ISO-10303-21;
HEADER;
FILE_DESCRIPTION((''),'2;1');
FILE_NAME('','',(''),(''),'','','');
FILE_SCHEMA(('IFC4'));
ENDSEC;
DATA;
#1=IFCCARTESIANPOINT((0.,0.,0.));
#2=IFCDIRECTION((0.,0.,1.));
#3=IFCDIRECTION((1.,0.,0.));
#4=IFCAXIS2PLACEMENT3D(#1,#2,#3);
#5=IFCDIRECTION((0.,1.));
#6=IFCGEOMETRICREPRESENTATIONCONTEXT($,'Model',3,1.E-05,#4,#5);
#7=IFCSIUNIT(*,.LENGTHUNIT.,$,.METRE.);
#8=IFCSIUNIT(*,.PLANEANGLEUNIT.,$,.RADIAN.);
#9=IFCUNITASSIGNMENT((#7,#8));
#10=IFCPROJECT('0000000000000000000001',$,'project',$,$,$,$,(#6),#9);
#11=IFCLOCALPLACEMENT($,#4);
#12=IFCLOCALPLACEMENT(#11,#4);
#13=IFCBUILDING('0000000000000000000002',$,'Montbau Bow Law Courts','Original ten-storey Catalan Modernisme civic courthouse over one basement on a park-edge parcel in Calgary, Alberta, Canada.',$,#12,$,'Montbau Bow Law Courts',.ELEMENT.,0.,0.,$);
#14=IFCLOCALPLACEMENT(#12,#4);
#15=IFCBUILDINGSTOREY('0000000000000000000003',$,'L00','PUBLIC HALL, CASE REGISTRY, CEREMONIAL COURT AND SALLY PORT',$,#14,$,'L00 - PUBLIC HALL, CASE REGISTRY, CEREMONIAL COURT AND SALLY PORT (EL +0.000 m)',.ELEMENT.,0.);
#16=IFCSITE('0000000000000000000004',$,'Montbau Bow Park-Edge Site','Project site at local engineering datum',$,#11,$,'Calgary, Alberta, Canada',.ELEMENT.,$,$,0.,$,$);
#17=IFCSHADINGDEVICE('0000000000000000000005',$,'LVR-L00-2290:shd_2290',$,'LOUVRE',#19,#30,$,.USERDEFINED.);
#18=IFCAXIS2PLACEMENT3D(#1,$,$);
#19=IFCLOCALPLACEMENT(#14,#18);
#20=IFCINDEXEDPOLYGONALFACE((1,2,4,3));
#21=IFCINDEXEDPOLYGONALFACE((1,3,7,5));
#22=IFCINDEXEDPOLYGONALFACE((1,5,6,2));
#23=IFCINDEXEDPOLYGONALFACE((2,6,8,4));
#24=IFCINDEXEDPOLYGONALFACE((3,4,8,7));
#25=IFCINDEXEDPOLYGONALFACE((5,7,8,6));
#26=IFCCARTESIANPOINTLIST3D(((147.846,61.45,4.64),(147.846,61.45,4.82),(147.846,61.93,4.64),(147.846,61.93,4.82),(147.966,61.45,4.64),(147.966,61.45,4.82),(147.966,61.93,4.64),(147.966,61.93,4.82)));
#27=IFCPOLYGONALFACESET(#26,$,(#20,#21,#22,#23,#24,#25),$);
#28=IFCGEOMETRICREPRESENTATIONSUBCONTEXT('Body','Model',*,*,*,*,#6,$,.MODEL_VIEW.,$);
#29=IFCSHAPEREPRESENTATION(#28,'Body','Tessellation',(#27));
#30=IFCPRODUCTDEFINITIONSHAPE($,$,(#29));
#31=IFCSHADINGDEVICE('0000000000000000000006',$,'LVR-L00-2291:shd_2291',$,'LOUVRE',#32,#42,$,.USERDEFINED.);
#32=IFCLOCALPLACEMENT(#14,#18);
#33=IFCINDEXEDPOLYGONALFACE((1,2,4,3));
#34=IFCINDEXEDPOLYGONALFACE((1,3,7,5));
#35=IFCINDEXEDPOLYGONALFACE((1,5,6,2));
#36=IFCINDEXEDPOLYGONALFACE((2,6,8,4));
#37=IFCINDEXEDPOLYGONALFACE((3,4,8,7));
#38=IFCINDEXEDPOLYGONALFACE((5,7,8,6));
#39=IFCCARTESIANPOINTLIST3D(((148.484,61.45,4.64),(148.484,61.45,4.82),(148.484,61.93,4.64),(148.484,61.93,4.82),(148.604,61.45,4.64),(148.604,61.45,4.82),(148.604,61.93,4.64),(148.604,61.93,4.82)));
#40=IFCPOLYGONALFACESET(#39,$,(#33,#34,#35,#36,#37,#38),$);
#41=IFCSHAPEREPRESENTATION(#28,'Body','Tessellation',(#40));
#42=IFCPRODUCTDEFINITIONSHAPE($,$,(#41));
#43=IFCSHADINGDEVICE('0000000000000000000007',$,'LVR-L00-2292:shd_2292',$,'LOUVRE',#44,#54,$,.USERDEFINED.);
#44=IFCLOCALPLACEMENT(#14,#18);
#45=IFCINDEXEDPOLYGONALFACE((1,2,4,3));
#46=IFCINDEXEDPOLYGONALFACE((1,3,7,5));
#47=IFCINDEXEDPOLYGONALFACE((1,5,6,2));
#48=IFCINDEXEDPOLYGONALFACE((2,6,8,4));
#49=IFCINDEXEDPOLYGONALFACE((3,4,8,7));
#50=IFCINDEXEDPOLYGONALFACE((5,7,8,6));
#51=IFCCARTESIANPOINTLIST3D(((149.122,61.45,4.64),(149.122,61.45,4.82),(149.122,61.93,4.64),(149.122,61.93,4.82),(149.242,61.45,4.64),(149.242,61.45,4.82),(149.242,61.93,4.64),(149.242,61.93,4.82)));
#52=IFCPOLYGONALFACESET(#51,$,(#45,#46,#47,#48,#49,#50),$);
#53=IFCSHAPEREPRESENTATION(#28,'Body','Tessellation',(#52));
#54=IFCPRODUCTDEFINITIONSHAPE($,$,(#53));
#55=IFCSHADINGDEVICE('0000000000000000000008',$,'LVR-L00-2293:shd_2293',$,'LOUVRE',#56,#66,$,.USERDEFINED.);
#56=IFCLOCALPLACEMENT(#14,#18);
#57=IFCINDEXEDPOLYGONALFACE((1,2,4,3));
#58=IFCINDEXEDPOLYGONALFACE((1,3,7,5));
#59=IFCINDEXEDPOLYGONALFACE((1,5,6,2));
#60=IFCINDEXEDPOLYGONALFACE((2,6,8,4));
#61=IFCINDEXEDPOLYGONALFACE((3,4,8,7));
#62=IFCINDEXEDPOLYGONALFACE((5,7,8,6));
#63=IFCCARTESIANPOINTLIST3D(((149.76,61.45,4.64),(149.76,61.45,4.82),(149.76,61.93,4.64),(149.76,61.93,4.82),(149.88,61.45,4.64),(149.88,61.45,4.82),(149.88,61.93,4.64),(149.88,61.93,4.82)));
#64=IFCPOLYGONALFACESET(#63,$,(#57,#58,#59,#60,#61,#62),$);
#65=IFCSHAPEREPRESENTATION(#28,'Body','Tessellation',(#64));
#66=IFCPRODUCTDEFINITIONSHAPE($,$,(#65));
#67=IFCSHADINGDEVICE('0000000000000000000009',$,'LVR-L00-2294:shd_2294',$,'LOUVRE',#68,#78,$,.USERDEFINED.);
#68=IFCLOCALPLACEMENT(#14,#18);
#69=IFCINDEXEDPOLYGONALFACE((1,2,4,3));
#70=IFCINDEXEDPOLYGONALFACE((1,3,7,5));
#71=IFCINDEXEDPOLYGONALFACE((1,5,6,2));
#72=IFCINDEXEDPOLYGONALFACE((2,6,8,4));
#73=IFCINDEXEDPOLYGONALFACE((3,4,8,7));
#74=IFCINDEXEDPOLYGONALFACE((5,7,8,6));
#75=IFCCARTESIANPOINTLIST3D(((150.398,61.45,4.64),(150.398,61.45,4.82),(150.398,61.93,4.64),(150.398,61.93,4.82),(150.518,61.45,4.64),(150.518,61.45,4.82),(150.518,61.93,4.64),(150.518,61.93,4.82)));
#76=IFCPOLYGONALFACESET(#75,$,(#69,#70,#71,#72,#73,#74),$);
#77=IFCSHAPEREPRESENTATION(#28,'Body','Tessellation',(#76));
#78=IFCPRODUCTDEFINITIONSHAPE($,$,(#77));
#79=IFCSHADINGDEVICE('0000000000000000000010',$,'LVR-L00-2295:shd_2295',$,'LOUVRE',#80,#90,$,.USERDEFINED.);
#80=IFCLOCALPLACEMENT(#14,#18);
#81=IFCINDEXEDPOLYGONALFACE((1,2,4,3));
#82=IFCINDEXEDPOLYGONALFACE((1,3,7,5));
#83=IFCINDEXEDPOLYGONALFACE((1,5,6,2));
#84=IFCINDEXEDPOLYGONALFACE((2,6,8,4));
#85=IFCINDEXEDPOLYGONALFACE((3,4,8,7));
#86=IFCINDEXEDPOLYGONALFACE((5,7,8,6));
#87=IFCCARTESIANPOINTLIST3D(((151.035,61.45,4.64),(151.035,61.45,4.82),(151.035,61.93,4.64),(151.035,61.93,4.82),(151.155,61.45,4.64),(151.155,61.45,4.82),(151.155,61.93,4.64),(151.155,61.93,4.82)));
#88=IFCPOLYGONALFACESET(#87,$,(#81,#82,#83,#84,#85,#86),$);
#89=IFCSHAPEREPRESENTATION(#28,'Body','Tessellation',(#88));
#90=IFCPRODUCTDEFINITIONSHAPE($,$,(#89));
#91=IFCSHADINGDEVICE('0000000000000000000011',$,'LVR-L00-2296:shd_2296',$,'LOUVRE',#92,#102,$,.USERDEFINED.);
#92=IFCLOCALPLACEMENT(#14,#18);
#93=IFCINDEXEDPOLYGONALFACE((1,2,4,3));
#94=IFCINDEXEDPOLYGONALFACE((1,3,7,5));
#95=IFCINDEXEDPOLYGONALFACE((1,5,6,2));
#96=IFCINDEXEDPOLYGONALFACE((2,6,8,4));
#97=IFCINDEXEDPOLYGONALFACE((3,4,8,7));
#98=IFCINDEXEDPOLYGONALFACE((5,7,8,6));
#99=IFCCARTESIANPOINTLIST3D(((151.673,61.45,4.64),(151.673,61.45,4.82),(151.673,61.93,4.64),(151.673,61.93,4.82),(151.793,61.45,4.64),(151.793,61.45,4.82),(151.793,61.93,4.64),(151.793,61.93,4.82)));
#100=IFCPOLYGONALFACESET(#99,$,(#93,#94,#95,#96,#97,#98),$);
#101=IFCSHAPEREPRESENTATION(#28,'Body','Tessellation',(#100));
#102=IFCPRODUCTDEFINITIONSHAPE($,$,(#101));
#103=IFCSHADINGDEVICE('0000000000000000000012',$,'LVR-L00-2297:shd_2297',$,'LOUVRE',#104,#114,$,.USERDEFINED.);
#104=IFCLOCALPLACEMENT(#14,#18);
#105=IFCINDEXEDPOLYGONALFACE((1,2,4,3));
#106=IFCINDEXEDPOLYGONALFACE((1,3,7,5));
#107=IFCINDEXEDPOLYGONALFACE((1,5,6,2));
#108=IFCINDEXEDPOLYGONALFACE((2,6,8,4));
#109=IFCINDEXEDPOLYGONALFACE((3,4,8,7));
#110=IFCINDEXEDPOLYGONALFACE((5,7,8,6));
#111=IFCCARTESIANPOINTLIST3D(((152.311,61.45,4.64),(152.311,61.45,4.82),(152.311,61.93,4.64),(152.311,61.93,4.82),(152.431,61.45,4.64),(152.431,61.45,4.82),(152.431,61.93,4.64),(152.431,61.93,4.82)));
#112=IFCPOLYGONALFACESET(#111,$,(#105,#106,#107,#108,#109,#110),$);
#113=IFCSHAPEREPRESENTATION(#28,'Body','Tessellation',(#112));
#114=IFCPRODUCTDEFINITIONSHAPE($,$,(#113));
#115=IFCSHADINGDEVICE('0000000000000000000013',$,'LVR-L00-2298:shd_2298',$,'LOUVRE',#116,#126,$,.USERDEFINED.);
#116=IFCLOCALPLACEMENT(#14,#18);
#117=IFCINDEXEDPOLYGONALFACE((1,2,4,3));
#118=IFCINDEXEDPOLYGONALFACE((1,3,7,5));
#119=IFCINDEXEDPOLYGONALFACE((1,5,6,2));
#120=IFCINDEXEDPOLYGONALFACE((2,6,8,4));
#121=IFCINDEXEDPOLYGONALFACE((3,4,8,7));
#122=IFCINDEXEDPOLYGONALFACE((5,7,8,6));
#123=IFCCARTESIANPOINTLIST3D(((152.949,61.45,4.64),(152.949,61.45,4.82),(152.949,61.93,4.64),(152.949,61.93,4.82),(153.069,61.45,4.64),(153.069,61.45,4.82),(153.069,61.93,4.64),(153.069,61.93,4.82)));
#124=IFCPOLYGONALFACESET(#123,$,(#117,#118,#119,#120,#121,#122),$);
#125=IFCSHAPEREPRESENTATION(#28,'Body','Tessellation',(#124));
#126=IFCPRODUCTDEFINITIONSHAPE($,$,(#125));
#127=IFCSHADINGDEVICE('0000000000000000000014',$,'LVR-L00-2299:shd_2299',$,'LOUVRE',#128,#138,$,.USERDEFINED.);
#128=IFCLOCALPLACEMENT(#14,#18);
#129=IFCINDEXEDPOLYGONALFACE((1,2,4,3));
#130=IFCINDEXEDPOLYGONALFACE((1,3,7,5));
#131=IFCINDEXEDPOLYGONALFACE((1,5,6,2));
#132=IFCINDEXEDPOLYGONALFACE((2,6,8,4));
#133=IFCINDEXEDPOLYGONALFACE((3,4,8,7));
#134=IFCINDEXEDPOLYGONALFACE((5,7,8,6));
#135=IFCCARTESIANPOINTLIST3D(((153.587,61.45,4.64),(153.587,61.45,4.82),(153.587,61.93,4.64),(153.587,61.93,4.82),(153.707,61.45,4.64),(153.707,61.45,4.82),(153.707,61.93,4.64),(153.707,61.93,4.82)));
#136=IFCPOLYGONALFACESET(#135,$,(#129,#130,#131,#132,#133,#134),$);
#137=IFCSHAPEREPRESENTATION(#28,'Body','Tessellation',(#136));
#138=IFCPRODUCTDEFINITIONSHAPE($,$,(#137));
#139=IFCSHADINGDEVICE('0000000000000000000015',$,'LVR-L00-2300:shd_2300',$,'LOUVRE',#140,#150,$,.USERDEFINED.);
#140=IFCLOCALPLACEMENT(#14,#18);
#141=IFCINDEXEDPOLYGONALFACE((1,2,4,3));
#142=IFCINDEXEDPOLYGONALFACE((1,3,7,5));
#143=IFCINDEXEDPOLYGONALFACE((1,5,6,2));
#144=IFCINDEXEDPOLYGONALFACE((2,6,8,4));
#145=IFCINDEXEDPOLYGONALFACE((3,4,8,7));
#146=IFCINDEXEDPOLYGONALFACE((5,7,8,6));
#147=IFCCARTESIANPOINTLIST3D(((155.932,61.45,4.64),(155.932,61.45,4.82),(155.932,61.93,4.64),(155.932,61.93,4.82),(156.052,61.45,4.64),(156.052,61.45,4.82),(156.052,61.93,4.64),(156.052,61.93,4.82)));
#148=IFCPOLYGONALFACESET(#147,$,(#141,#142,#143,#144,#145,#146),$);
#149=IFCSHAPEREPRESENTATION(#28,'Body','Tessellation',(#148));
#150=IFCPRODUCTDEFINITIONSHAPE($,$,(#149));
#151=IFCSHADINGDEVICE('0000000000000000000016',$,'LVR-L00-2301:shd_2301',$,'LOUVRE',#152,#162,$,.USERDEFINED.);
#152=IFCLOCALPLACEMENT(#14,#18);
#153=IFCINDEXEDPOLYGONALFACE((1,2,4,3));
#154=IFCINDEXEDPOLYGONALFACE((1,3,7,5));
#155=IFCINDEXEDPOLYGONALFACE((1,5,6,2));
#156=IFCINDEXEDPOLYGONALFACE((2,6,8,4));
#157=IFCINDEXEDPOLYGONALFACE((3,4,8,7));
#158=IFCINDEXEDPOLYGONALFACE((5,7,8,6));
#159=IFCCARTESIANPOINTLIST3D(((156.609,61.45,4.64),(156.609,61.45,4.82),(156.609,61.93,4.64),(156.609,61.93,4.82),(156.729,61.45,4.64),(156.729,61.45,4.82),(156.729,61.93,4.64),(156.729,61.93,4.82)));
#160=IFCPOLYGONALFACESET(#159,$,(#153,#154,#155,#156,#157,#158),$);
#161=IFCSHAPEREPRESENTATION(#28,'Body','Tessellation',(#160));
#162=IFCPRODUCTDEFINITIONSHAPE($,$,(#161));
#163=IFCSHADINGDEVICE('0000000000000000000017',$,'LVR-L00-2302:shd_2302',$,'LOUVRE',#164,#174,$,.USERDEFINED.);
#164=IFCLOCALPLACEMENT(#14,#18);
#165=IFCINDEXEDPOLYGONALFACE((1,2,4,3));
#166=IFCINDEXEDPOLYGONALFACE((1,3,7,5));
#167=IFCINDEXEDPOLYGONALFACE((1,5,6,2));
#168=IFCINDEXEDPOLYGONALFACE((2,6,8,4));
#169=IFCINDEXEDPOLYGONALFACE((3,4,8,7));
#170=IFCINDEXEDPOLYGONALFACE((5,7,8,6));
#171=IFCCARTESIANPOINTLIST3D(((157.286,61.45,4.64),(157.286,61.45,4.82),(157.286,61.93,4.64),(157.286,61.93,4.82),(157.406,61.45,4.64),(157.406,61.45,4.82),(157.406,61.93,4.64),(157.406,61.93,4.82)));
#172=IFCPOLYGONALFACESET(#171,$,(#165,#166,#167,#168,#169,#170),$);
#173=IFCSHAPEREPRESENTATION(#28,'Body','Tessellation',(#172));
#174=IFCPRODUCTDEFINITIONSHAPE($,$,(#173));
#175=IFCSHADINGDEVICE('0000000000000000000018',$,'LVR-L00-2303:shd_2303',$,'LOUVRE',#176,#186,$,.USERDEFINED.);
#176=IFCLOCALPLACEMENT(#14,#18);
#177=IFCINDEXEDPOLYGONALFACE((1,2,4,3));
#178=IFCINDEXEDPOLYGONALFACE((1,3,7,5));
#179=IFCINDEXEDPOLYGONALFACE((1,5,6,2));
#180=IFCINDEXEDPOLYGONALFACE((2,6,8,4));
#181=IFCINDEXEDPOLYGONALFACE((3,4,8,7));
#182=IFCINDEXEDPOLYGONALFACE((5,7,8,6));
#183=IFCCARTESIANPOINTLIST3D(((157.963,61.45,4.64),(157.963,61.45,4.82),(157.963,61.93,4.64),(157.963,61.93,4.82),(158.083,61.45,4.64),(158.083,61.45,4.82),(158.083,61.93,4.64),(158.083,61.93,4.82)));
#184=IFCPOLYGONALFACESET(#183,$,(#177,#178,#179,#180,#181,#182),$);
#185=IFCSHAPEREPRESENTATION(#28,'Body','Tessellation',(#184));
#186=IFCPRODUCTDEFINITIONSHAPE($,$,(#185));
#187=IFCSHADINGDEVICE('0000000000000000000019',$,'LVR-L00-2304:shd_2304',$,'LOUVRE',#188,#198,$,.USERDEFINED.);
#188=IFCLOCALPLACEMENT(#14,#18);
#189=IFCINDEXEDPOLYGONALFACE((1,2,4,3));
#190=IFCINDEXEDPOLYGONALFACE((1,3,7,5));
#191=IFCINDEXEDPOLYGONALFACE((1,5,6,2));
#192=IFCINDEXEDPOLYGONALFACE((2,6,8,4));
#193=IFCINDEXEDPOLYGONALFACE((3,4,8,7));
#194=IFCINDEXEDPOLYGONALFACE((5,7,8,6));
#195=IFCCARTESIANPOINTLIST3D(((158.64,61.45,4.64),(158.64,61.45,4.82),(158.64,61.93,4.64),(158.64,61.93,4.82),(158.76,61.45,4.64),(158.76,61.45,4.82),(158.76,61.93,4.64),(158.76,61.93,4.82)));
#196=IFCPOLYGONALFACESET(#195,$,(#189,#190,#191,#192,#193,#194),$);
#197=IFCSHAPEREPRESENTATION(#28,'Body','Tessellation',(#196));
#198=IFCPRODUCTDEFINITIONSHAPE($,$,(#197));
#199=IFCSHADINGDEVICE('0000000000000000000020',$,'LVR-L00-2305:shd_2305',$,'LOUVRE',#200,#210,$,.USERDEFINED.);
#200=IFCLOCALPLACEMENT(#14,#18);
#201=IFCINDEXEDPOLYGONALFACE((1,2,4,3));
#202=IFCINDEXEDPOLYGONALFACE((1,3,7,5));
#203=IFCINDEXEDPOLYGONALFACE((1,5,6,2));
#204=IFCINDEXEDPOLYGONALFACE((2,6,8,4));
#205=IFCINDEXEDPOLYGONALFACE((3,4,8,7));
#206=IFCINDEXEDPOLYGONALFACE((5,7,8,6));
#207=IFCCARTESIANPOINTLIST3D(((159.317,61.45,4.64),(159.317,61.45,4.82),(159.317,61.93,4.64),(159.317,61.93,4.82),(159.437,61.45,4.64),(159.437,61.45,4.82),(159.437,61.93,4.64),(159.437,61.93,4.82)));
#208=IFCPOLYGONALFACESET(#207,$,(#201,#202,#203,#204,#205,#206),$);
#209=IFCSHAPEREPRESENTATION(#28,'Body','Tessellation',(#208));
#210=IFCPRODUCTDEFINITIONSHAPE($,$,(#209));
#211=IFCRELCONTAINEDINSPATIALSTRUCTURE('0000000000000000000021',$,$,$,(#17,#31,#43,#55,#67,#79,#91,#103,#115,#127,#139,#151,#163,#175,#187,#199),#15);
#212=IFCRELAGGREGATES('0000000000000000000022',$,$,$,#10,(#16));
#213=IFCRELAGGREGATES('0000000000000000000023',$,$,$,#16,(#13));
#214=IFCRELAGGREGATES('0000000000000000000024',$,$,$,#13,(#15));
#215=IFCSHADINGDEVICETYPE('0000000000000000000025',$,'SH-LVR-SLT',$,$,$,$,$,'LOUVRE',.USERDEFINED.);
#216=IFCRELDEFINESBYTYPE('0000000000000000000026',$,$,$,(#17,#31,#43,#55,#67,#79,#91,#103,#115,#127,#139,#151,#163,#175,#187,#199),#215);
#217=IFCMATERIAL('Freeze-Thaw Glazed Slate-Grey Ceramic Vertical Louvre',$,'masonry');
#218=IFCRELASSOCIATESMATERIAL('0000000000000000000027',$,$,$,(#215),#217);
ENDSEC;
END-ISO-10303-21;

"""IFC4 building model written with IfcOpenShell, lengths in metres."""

from ifc_helpers import new_model, si_unit, direction, frame, origin_with_axes, origin_2d_with_axis, place, context, subcontext, project, spatial, rectangle, extrude, material, type_object, element, save


model = new_model("IFC4")

# Units and contexts
model_context = context("Model", 3, precision=1e-05, world=origin_with_axes(), true_north=direction((0.0, 1.0)))
body_context = subcontext(model_context, "Body", "Model", "MODEL_VIEW")
ifc_project = project(units=[si_unit("LENGTHUNIT", "METRE"), si_unit("PLANEANGLEUNIT", "RADIAN")], contexts=[model_context])

# Site, building, storey
site_placement = place(None, origin_with_axes())
site = spatial("IfcSite", under=ifc_project, at=site_placement, Name="Montbau Bow Park-Edge Site", Description="Project site at local engineering datum", LongName="Calgary, Alberta, Canada", CompositionType="ELEMENT", RefElevation=0.0)
building_placement = place(site_placement, origin_with_axes())
building = spatial("IfcBuilding", under=site, at=building_placement, Name="Montbau Bow Law Courts", Description="Original ten-storey Catalan Modernisme civic courthouse over one basement on a park-edge parcel in Calgary, Alberta, Canada.", LongName="Montbau Bow Law Courts", CompositionType="ELEMENT", ElevationOfRefHeight=0.0, ElevationOfTerrain=0.0)
storey_placement = place(building_placement, origin_with_axes())
storey = spatial("IfcBuildingStorey", under=building, at=storey_placement, Name="L00", Description="PUBLIC HALL, CASE REGISTRY, CEREMONIAL COURT AND SALLY PORT", LongName="L00 - PUBLIC HALL, CASE REGISTRY, CEREMONIAL COURT AND SALLY PORT (EL +0.000 m)", CompositionType="ELEMENT", Elevation=0.0)

# Shading devices
ifc_material_1 = material(Name="Freeze-Thaw Glazed Slate-Grey Ceramic Vertical Louvre", Category="masonry")
shading_device_type = type_object("IfcShadingDeviceType", Name="SH-LVR-SLT", ElementType="LOUVRE", PredefinedType="USERDEFINED", material=ifc_material_1)
for number, where, z_axis, x_axis, name in (
    (1, (147.906, 61.69, 4.64), (0.0, 0.0, 1.0), (0.0, -1.0, 0.0), "LVR-L00-2290:shd_2290"),
    (2, (148.544, 61.69, 4.64), (0.0, 0.0, 1.0), (0.0, -1.0, 0.0), "LVR-L00-2291:shd_2291"),
    (3, (149.182, 61.69, 4.64), (0.0, 0.0, 1.0), (0.0, -1.0, 0.0), "LVR-L00-2292:shd_2292"),
    (4, (149.82, 61.69, 4.64), (0.0, 0.0, 1.0), (0.0, -1.0, 0.0), "LVR-L00-2293:shd_2293"),
    (5, (150.458, 61.69, 4.64), (0.0, 0.0, 1.0), (0.0, -1.0, 0.0), "LVR-L00-2294:shd_2294"),
    (6, (151.095, 61.69, 4.64), (0.0, 0.0, 1.0), (0.0, -1.0, 0.0), "LVR-L00-2295:shd_2295"),
    (7, (151.733, 61.69, 4.64), (0.0, 0.0, 1.0), (0.0, -1.0, 0.0), "LVR-L00-2296:shd_2296"),
    (8, (152.371, 61.69, 4.64), (0.0, 0.0, 1.0), (0.0, -1.0, 0.0), "LVR-L00-2297:shd_2297"),
    (9, (153.009, 61.69, 4.64), (0.0, 0.0, 1.0), (0.0, -1.0, 0.0), "LVR-L00-2298:shd_2298"),
    (10, (153.647, 61.69, 4.64), (0.0, 0.0, 1.0), (0.0, -1.0, 0.0), "LVR-L00-2299:shd_2299"),
    (11, (155.992, 61.69, 4.64), (0.0, 0.0, 1.0), (0.0, -1.0, 0.0), "LVR-L00-2300:shd_2300"),
    (12, (156.669, 61.69, 4.64), (0.0, 0.0, 1.0), (0.0, -1.0, 0.0), "LVR-L00-2301:shd_2301"),
    (13, (157.346, 61.69, 4.64), (0.0, 0.0, 1.0), (0.0, -1.0, 0.0), "LVR-L00-2302:shd_2302"),
    (14, (158.023, 61.69, 4.64), (0.0, 0.0, 1.0), (0.0, -1.0, 0.0), "LVR-L00-2303:shd_2303"),
    (15, (158.7, 61.69, 4.64), (0.0, 0.0, 1.0), (0.0, -1.0, 0.0), "LVR-L00-2304:shd_2304"),
    (16, (159.377, 61.69, 4.64), (0.0, 0.0, 1.0), (0.0, -1.0, 0.0), "LVR-L00-2305:shd_2305"),
):
    element("IfcShadingDevice", number, at=place(None, frame(where, z_axis=z_axis, x_axis=x_axis)), inside=storey, type_object=shading_device_type, Name=name, ObjectType="LOUVRE", PredefinedType="USERDEFINED", context=body_context, shape_type="SweptSolid", body=[
        extrude(rectangle(XDim=0.48, YDim=0.12, at=origin_2d_with_axis()), origin_with_axes(), (0.0, 0.0, 1.0), 0.18),
    ])

save(model, "model.ifc")
